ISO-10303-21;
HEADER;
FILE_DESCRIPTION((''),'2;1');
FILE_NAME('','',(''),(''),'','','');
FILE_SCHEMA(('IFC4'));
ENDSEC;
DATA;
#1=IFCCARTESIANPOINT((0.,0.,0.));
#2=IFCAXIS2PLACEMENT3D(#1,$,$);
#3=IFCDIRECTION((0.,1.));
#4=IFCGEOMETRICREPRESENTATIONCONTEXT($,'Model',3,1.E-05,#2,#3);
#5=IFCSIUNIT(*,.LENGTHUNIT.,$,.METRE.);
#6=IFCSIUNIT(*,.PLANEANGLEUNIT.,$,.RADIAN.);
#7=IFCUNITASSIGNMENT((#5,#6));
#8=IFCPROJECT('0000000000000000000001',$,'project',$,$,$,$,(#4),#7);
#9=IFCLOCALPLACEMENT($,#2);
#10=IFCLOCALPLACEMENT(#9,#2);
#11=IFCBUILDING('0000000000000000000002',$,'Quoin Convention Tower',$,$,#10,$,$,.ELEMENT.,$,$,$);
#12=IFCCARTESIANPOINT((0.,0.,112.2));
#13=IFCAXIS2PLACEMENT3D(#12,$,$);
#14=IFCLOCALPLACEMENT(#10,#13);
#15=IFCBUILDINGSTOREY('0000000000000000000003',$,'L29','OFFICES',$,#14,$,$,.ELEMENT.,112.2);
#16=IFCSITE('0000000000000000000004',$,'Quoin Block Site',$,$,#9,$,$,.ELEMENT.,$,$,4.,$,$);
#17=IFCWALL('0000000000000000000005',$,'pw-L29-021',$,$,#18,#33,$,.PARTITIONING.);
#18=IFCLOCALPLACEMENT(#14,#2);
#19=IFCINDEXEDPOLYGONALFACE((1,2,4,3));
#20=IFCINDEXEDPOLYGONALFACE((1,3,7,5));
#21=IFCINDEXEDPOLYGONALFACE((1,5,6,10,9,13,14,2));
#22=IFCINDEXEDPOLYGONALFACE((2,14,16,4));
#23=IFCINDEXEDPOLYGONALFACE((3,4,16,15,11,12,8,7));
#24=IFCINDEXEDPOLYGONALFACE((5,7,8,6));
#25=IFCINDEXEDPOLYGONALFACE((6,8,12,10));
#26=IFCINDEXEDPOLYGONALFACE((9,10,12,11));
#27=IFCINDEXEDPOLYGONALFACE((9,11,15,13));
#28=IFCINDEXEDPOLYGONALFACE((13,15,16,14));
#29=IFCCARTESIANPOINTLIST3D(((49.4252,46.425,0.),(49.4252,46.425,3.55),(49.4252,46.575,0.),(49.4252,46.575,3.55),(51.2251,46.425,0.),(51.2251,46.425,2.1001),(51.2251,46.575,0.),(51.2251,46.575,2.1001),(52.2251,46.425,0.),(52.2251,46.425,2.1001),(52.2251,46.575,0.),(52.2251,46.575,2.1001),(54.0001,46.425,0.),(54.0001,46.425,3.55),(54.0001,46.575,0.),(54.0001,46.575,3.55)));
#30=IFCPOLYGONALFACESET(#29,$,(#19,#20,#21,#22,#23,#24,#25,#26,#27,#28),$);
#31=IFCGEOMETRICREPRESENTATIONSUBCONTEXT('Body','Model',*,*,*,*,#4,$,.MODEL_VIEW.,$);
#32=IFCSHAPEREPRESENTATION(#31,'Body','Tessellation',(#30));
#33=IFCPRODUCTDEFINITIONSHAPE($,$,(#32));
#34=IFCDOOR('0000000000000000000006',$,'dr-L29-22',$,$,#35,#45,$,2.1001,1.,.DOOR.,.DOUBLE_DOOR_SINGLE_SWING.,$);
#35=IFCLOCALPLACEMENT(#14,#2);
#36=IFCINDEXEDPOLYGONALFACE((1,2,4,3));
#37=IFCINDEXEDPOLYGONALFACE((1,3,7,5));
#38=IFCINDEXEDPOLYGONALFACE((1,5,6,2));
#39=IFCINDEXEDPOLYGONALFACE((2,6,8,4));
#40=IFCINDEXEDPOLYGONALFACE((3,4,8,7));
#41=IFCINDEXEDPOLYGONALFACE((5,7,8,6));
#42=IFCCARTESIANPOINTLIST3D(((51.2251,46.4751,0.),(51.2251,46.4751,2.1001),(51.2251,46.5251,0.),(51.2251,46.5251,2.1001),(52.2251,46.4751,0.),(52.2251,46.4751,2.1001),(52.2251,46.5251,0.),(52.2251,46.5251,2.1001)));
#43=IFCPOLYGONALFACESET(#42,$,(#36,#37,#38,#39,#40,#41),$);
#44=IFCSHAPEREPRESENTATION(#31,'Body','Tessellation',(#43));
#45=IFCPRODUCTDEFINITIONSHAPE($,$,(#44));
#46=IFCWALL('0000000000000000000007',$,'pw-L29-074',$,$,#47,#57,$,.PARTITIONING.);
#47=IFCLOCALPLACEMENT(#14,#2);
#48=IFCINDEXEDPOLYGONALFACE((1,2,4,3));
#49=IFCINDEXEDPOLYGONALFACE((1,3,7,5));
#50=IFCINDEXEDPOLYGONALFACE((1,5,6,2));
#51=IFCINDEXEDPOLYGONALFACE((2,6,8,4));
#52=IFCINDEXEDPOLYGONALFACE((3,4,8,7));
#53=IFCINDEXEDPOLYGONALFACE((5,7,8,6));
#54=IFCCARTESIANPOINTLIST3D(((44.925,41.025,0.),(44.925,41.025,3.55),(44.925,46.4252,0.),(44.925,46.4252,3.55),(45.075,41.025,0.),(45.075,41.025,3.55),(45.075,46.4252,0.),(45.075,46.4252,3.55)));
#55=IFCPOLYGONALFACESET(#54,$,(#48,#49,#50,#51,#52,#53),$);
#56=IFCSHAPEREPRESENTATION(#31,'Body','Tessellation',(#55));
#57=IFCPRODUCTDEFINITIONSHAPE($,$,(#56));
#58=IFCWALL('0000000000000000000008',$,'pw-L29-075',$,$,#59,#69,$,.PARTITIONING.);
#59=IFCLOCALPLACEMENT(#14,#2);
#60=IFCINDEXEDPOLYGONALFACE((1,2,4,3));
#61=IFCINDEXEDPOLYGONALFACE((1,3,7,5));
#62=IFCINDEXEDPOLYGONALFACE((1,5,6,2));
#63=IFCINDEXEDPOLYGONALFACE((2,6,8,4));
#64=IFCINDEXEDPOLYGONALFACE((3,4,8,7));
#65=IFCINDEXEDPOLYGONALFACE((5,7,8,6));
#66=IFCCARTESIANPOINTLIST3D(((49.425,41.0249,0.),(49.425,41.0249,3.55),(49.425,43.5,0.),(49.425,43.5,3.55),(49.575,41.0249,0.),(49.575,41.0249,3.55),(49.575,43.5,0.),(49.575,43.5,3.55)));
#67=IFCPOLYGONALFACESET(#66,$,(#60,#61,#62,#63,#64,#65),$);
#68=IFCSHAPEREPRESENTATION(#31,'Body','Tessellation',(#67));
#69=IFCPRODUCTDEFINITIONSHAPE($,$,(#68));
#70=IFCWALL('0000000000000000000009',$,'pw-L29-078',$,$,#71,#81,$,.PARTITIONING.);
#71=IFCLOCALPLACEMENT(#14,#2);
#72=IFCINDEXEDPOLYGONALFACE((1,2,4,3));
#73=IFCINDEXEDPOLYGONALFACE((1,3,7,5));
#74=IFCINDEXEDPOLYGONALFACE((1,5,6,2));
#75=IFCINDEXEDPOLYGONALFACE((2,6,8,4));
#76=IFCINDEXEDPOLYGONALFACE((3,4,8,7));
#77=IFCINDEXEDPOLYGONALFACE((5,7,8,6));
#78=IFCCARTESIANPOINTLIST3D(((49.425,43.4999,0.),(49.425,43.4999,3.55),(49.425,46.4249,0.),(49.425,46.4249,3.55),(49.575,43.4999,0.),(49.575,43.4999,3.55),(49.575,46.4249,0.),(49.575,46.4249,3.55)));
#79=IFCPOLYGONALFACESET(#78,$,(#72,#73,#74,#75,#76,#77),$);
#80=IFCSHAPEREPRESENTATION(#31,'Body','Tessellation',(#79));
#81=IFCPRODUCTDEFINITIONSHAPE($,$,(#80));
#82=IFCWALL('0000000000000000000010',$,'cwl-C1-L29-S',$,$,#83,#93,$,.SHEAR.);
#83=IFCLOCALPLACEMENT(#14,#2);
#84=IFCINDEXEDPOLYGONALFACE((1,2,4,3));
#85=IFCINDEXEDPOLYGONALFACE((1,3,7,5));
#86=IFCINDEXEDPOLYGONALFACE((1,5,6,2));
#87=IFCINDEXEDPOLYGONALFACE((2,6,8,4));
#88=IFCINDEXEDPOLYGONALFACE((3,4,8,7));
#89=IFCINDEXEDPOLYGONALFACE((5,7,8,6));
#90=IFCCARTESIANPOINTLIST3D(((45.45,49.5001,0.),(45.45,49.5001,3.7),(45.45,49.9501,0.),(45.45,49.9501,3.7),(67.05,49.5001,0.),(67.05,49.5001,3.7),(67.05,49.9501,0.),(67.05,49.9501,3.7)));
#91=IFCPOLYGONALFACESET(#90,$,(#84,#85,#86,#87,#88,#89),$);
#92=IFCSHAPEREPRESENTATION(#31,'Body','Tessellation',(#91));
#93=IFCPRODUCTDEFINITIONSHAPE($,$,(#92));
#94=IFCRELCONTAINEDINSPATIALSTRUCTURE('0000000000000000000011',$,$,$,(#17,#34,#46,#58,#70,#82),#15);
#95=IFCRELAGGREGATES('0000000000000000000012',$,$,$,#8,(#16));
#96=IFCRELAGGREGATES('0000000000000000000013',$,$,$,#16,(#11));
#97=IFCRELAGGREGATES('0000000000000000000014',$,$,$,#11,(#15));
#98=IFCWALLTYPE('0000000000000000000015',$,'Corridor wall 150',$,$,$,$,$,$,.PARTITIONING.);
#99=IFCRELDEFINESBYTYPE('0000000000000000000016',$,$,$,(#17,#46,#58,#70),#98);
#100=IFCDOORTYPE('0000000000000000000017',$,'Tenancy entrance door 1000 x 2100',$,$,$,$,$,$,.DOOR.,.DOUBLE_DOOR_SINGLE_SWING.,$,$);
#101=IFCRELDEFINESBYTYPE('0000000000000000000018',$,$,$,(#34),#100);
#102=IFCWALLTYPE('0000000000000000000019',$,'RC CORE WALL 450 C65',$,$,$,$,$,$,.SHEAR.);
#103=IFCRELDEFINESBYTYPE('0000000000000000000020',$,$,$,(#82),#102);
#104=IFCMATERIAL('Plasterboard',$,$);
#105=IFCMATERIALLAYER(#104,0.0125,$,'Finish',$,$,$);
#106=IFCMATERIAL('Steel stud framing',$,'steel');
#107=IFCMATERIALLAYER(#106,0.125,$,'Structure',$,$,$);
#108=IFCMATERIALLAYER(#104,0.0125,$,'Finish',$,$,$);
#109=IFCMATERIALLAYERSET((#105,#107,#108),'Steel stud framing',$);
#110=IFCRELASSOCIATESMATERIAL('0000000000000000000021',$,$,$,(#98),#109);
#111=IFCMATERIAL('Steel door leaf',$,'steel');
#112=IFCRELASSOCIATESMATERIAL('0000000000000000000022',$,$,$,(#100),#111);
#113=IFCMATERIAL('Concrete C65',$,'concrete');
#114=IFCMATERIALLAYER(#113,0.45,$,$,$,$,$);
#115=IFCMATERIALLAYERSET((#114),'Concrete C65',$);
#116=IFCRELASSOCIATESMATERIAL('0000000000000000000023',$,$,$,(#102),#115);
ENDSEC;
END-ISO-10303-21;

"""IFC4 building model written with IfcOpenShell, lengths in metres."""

from ifc_helpers import new_model, si_unit, direction, frame, frame_2d, origin, place, context, subcontext, project, spatial, rectangle, extrude, material, layer, layer_set, type_object, element, fill, save


model = new_model("IFC4")

# Units and contexts
model_context = context("Model", 3, precision=1e-05, world=origin(), true_north=direction((0.0, 1.0)))
body_context = subcontext(model_context, "Body", "Model", "MODEL_VIEW")
ifc_project = project(units=[si_unit("LENGTHUNIT", "METRE"), si_unit("PLANEANGLEUNIT", "RADIAN")], contexts=[model_context])

# Site, building, storey
site_placement = place(None, origin())
site = spatial("IfcSite", under=ifc_project, at=site_placement, Name="Quoin Block Site", CompositionType="ELEMENT", RefElevation=4.0)
building_placement = place(site_placement, origin())
building = spatial("IfcBuilding", under=site, at=building_placement, Name="Quoin Convention Tower", CompositionType="ELEMENT")
storey_placement = place(building_placement, frame((0.0, 0.0, 112.2)))
storey = spatial("IfcBuildingStorey", under=building, at=storey_placement, Name="L29", Description="OFFICES", CompositionType="ELEMENT", Elevation=112.2)

# Shared definitions
ifc_material_1 = material(Name="Plasterboard")
ifc_material_2 = material(Name="Steel stud framing", Category="steel")

# Wall, opening, door
ifc_layer_1 = layer(ifc_material_1, 0.0125, Name="Finish")
ifc_layer_2 = layer(ifc_material_2, 0.125, Name="Structure")
ifc_layer_3 = layer(ifc_material_1, 0.0125, Name="Finish")
ifc_layer_set_1 = layer_set([ifc_layer_1, ifc_layer_2, ifc_layer_3], Name="Steel stud framing")
wall_type_1 = type_object("IfcWallType", Name="Corridor wall 150", PredefinedType="PARTITIONING", material=ifc_layer_set_1)
wall_1_placement = place(storey_placement, frame((49.425, 46.5, 0.0), z_axis=(0.0, 0.0, 1.0), x_axis=(1.0, 0.0, 0.0)))
wall_1 = element("IfcWall", 1, at=wall_1_placement, inside=storey, type_object=wall_type_1, Name="pw-L29-021", PredefinedType="PARTITIONING", context=body_context, shape_type="SweptSolid", body=[
    extrude(rectangle(XDim=4.575, YDim=0.1499, at=frame_2d((2.2876, 0.0))), origin(), (0.0, 0.0, 1.0), 3.55),
])
opening_1_placement = place(wall_1_placement, frame((1.8, 0.0, 0.0)))
opening_1 = element("IfcOpeningElement", 2, at=opening_1_placement, cuts=wall_1, PredefinedType="OPENING", context=body_context, shape_type="SweptSolid", body=[
    extrude(rectangle(XDim=1.0, YDim=2.1001, at=frame_2d((0.5, 1.05))), frame((0.0, 0.085, 0.0), z_axis=(0.0, -1.0, 0.0), x_axis=(1.0, 0.0, 0.0)), (0.0, 0.0, 1.0), 0.1699),
])
ifc_material_3 = material(Name="Steel door leaf", Category="steel")
door_type_1 = type_object("IfcDoorType", Name="Tenancy entrance door 1000 x 2100", OperationType="DOUBLE_DOOR_SINGLE_SWING", PredefinedType="DOOR", material=ifc_material_3)
door_1_placement = place(opening_1_placement, frame((1.0, 0.0, 0.0), z_axis=(0.0, 0.0, 1.0), x_axis=(-1.0, 0.0, 0.0)))
door_1 = element("IfcDoor", 3, at=door_1_placement, inside=storey, type_object=door_type_1, Name="dr-L29-22", OperationType="DOUBLE_DOOR_SINGLE_SWING", OverallHeight=2.1001, OverallWidth=1.0, PredefinedType="DOOR", context=body_context, shape_type="SweptSolid", body=[
    extrude(rectangle(XDim=1.0, YDim=2.1001, at=frame_2d((0.5, 1.05))), frame((0.0, 0.0249, 0.0), z_axis=(0.0, -1.0, 0.0), x_axis=(1.0, 0.0, 0.0)), (0.0, 0.0, 1.0), 0.05),
])
fill(opening_1, door_1)

# Walls
wall_2_placement = place(storey_placement, frame((45.0, 41.0249, 0.0), z_axis=(0.0, 0.0, 1.0), x_axis=(0.0, 1.0, 0.0)))
element("IfcWall", 4, at=wall_2_placement, inside=storey, type_object=wall_type_1, Name="pw-L29-074", PredefinedType="PARTITIONING", context=body_context, shape_type="SweptSolid", body=[
    extrude(rectangle(XDim=5.4001, YDim=0.1499, at=frame_2d((2.7002, 0.0))), origin(), (0.0, 0.0, 1.0), 3.55),
])
wall_3_placement = place(storey_placement, frame((49.5, 41.0249, 0.0), z_axis=(0.0, 0.0, 1.0), x_axis=(0.0, 1.0, 0.0)))
element("IfcWall", 5, at=wall_3_placement, inside=storey, type_object=wall_type_1, Name="pw-L29-075", PredefinedType="PARTITIONING", context=body_context, shape_type="SweptSolid", body=[
    extrude(rectangle(XDim=2.4751, YDim=0.1499, at=frame_2d((1.2375, 0.0))), origin(), (0.0, 0.0, 1.0), 3.55),
])
wall_4_placement = place(storey_placement, frame((49.5, 43.5, 0.0), z_axis=(0.0, 0.0, 1.0), x_axis=(0.0, 1.0, 0.0)))
element("IfcWall", 6, at=wall_4_placement, inside=storey, type_object=wall_type_1, Name="pw-L29-078", PredefinedType="PARTITIONING", context=body_context, shape_type="SweptSolid", body=[
    extrude(rectangle(XDim=2.925, YDim=0.1499, at=frame_2d((1.4624, 0.0))), origin(), (0.0, 0.0, 1.0), 3.55),
])
ifc_material_4 = material(Name="Concrete C65", Category="concrete")
ifc_layer_4 = layer(ifc_material_4, 0.45)
ifc_layer_set_2 = layer_set([ifc_layer_4], Name="Concrete C65")
wall_type_2 = type_object("IfcWallType", Name="RC CORE WALL 450 C65", PredefinedType="SHEAR", material=ifc_layer_set_2)
wall_5_placement = place(storey_placement, frame((45.45, 49.7251, 0.0), z_axis=(0.0, 0.0, 1.0), x_axis=(1.0, 0.0, 0.0)))
element("IfcWall", 7, at=wall_5_placement, inside=storey, type_object=wall_type_2, Name="cwl-C1-L29-S", PredefinedType="SHEAR", context=body_context, shape_type="SweptSolid", body=[
    extrude(rectangle(XDim=21.6001, YDim=0.45, at=frame_2d((10.8, 0.0))), origin(), (0.0, 0.0, 1.0), 3.7),
])

save(model, "model.ifc")
